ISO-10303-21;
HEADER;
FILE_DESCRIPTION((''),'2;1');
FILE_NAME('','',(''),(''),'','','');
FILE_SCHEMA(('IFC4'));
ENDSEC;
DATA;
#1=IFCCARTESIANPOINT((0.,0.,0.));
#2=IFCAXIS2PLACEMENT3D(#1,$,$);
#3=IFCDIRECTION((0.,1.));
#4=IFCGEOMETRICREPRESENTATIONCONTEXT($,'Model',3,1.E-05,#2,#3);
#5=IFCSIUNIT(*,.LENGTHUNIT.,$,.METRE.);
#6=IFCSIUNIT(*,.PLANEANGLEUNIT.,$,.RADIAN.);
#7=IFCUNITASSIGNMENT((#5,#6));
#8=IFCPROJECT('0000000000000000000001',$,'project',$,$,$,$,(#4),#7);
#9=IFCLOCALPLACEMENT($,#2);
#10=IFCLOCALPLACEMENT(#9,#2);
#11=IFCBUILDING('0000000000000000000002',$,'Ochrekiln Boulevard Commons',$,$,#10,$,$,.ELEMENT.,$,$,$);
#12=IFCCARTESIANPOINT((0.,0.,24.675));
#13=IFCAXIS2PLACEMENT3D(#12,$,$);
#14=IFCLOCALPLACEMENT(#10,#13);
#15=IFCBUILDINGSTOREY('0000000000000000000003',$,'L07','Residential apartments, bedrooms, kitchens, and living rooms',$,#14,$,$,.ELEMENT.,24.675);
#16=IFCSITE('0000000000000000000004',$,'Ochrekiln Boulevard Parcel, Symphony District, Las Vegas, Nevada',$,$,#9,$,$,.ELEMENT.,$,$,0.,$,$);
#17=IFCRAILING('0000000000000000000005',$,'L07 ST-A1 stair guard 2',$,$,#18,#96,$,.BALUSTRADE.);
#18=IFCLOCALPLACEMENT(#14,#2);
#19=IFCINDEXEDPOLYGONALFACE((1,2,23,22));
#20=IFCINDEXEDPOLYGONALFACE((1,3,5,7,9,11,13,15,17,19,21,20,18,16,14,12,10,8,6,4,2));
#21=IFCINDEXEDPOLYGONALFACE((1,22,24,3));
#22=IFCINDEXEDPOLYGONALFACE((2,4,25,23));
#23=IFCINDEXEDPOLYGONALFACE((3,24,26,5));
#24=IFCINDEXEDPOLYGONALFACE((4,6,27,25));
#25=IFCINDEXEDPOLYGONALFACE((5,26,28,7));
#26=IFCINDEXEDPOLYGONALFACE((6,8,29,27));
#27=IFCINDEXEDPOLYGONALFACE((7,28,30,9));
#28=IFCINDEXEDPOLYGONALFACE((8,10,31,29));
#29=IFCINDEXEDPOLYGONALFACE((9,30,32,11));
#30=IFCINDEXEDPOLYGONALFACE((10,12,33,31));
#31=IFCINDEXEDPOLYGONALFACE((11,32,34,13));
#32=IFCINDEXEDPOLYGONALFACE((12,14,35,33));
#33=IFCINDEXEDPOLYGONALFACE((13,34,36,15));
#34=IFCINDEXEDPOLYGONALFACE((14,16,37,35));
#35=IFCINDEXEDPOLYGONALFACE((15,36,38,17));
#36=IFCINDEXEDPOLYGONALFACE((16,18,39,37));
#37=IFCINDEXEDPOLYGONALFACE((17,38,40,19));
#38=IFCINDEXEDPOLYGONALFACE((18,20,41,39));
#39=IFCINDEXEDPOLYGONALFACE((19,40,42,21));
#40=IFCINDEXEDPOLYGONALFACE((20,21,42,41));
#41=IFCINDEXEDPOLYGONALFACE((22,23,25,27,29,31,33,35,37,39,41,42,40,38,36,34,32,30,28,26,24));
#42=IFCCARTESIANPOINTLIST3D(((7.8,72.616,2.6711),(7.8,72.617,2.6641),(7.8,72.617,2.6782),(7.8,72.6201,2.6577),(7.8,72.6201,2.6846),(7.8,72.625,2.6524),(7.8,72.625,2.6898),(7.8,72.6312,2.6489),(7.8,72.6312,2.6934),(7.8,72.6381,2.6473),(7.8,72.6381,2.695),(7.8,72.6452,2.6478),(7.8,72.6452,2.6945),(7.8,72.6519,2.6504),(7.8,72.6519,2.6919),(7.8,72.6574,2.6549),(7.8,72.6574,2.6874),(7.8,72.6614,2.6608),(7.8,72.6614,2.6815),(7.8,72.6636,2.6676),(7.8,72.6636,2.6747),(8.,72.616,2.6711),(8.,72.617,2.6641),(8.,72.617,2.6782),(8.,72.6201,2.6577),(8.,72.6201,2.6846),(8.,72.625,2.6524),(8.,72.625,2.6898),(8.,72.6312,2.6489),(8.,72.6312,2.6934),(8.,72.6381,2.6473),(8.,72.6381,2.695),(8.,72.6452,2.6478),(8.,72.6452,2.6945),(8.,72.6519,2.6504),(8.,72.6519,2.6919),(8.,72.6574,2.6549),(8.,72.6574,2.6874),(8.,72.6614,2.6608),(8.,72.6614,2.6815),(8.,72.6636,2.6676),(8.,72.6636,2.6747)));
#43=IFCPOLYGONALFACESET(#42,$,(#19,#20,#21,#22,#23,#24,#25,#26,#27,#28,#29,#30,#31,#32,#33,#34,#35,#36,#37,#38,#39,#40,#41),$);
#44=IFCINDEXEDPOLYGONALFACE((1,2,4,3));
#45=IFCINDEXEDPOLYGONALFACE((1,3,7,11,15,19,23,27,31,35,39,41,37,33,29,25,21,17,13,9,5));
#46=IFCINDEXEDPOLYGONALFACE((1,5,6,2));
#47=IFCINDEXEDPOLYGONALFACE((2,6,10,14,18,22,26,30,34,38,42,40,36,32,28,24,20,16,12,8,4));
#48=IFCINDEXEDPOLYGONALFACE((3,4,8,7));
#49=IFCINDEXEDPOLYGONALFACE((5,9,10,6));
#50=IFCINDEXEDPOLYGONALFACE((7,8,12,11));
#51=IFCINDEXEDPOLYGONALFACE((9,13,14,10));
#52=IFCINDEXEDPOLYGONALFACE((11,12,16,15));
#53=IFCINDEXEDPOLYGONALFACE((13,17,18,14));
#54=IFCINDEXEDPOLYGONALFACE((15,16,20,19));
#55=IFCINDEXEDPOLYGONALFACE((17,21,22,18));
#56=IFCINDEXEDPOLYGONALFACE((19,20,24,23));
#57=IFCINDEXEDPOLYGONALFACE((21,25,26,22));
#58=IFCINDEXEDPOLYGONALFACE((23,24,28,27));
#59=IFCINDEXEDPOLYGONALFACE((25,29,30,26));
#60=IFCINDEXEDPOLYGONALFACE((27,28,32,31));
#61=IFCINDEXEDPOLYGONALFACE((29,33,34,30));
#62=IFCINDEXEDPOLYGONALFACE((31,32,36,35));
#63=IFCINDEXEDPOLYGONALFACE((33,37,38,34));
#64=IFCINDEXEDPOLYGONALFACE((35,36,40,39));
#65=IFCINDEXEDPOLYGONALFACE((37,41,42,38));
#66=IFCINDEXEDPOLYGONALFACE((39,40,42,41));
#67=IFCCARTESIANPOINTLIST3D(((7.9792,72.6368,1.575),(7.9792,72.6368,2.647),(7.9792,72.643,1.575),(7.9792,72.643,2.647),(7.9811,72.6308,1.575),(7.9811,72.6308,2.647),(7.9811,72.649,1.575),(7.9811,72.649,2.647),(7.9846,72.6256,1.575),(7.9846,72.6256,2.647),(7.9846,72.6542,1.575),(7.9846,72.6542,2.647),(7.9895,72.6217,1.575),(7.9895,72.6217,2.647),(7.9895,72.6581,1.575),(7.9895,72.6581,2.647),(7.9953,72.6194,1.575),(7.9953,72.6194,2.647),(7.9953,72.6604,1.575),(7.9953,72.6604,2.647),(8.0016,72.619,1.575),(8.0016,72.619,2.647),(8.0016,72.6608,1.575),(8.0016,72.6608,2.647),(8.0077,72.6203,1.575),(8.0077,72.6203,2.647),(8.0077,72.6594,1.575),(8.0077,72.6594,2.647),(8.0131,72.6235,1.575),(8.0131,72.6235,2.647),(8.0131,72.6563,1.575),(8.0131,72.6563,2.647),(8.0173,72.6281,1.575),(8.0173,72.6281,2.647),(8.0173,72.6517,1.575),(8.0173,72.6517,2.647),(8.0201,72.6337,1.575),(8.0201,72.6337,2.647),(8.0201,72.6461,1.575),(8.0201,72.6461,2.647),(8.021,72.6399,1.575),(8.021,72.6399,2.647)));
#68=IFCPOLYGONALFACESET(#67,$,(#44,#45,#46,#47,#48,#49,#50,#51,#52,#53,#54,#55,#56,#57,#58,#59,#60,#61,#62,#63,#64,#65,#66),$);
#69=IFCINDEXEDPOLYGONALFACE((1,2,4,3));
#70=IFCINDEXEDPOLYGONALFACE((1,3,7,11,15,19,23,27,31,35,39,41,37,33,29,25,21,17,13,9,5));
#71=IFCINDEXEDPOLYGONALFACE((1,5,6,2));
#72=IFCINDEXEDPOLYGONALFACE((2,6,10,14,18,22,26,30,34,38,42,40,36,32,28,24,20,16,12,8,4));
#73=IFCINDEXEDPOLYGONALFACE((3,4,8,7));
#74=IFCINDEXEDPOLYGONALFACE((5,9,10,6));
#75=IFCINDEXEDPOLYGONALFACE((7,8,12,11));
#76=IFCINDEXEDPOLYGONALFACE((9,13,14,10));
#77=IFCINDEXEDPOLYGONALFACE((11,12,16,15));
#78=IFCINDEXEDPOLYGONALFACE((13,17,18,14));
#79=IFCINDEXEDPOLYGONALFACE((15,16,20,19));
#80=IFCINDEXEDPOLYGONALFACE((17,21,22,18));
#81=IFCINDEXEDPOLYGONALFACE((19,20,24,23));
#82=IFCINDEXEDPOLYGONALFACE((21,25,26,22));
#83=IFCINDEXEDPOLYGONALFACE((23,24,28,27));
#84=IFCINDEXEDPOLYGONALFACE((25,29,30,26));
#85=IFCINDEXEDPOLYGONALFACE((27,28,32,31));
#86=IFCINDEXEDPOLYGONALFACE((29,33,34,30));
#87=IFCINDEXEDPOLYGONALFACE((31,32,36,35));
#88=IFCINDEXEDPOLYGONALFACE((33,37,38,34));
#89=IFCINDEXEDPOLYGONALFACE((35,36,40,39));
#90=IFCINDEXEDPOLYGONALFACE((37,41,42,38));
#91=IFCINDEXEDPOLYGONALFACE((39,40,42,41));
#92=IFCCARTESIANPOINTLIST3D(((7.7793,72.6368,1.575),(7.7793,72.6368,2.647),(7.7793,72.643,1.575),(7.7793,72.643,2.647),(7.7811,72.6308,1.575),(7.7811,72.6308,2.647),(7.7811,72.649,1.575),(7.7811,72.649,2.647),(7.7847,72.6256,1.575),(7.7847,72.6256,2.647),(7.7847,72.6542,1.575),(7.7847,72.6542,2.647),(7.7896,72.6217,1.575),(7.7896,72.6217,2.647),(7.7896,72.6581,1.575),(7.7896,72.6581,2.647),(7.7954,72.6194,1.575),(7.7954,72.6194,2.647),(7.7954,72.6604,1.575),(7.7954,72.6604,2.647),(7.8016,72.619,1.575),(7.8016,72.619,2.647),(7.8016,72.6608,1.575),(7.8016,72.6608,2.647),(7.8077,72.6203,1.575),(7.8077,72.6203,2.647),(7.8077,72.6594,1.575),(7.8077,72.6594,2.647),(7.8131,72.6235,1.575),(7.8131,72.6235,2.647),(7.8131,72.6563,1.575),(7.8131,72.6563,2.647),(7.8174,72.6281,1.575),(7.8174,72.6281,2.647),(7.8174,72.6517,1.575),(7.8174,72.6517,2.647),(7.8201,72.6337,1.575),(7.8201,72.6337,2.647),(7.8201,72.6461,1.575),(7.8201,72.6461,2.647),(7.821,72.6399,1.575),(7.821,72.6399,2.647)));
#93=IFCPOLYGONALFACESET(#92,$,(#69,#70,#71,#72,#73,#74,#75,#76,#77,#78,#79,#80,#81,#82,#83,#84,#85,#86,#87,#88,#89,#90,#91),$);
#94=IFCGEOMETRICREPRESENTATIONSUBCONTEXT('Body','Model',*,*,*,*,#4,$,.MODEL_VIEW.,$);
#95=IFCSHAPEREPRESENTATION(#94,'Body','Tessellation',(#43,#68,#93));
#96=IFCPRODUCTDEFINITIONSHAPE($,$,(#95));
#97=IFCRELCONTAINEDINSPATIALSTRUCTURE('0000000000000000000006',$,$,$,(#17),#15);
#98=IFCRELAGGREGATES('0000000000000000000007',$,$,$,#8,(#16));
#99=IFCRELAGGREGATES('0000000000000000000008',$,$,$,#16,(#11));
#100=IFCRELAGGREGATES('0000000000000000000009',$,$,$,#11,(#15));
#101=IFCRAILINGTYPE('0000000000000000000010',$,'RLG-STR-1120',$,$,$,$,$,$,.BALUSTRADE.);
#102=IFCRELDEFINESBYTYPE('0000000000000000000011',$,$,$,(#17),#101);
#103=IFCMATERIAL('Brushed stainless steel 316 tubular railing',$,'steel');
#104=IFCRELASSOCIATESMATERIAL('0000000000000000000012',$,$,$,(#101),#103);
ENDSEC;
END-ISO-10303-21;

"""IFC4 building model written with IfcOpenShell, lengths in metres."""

from ifc_helpers import new_model, si_unit, direction, frame, origin, origin_2d, place, context, subcontext, project, spatial, circle, extrude, material, type_object, element, save


model = new_model("IFC4")

# Units and contexts
model_context = context("Model", 3, precision=1e-05, world=origin(), true_north=direction((0.0, 1.0)))
body_context = subcontext(model_context, "Body", "Model", "MODEL_VIEW")
ifc_project = project(units=[si_unit("LENGTHUNIT", "METRE"), si_unit("PLANEANGLEUNIT", "RADIAN")], contexts=[model_context])

# Site, building, storey
site_placement = place(None, origin())
site = spatial("IfcSite", under=ifc_project, at=site_placement, Name="Ochrekiln Boulevard Parcel, Symphony District, Las Vegas, Nevada", CompositionType="ELEMENT", RefElevation=0.0)
building_placement = place(site_placement, origin())
building = spatial("IfcBuilding", under=site, at=building_placement, Name="Ochrekiln Boulevard Commons", CompositionType="ELEMENT")
storey_placement = place(building_placement, frame((0.0, 0.0, 24.675)))
storey = spatial("IfcBuildingStorey", under=building, at=storey_placement, Name="L07", Description="Residential apartments, bedrooms, kitchens, and living rooms", CompositionType="ELEMENT", Elevation=24.675)

# Railing
ifc_material_1 = material(Name="Brushed stainless steel 316 tubular railing", Category="steel")
railing_type_1 = type_object("IfcRailingType", Name="RLG-STR-1120", PredefinedType="BALUSTRADE", material=ifc_material_1)
railing_1_placement = place(storey_placement, frame((8.0, 72.6399, 1.575)))
element("IfcRailing", 1, at=railing_1_placement, inside=storey, type_object=railing_type_1, Name="L07 ST-A1 stair guard 2", PredefinedType="BALUSTRADE", context=body_context, shape_type="SweptSolid", body=[
    extrude(circle(Radius=0.0239, at=origin_2d()), frame((0.0, 0.0, 1.0962), z_axis=(-1.0, 0.0, 0.0), x_axis=(0.0, -1.0, 0.0)), (0.0, 0.0, 1.0), 0.2),
    extrude(circle(Radius=0.021, at=origin_2d()), origin(), (0.0, 0.0, 1.0), 1.072),
    extrude(circle(Radius=0.021, at=origin_2d()), frame((-0.2, 0.0, 0.0)), (0.0, 0.0, 1.0), 1.072),
])

save(model, "model.ifc")
